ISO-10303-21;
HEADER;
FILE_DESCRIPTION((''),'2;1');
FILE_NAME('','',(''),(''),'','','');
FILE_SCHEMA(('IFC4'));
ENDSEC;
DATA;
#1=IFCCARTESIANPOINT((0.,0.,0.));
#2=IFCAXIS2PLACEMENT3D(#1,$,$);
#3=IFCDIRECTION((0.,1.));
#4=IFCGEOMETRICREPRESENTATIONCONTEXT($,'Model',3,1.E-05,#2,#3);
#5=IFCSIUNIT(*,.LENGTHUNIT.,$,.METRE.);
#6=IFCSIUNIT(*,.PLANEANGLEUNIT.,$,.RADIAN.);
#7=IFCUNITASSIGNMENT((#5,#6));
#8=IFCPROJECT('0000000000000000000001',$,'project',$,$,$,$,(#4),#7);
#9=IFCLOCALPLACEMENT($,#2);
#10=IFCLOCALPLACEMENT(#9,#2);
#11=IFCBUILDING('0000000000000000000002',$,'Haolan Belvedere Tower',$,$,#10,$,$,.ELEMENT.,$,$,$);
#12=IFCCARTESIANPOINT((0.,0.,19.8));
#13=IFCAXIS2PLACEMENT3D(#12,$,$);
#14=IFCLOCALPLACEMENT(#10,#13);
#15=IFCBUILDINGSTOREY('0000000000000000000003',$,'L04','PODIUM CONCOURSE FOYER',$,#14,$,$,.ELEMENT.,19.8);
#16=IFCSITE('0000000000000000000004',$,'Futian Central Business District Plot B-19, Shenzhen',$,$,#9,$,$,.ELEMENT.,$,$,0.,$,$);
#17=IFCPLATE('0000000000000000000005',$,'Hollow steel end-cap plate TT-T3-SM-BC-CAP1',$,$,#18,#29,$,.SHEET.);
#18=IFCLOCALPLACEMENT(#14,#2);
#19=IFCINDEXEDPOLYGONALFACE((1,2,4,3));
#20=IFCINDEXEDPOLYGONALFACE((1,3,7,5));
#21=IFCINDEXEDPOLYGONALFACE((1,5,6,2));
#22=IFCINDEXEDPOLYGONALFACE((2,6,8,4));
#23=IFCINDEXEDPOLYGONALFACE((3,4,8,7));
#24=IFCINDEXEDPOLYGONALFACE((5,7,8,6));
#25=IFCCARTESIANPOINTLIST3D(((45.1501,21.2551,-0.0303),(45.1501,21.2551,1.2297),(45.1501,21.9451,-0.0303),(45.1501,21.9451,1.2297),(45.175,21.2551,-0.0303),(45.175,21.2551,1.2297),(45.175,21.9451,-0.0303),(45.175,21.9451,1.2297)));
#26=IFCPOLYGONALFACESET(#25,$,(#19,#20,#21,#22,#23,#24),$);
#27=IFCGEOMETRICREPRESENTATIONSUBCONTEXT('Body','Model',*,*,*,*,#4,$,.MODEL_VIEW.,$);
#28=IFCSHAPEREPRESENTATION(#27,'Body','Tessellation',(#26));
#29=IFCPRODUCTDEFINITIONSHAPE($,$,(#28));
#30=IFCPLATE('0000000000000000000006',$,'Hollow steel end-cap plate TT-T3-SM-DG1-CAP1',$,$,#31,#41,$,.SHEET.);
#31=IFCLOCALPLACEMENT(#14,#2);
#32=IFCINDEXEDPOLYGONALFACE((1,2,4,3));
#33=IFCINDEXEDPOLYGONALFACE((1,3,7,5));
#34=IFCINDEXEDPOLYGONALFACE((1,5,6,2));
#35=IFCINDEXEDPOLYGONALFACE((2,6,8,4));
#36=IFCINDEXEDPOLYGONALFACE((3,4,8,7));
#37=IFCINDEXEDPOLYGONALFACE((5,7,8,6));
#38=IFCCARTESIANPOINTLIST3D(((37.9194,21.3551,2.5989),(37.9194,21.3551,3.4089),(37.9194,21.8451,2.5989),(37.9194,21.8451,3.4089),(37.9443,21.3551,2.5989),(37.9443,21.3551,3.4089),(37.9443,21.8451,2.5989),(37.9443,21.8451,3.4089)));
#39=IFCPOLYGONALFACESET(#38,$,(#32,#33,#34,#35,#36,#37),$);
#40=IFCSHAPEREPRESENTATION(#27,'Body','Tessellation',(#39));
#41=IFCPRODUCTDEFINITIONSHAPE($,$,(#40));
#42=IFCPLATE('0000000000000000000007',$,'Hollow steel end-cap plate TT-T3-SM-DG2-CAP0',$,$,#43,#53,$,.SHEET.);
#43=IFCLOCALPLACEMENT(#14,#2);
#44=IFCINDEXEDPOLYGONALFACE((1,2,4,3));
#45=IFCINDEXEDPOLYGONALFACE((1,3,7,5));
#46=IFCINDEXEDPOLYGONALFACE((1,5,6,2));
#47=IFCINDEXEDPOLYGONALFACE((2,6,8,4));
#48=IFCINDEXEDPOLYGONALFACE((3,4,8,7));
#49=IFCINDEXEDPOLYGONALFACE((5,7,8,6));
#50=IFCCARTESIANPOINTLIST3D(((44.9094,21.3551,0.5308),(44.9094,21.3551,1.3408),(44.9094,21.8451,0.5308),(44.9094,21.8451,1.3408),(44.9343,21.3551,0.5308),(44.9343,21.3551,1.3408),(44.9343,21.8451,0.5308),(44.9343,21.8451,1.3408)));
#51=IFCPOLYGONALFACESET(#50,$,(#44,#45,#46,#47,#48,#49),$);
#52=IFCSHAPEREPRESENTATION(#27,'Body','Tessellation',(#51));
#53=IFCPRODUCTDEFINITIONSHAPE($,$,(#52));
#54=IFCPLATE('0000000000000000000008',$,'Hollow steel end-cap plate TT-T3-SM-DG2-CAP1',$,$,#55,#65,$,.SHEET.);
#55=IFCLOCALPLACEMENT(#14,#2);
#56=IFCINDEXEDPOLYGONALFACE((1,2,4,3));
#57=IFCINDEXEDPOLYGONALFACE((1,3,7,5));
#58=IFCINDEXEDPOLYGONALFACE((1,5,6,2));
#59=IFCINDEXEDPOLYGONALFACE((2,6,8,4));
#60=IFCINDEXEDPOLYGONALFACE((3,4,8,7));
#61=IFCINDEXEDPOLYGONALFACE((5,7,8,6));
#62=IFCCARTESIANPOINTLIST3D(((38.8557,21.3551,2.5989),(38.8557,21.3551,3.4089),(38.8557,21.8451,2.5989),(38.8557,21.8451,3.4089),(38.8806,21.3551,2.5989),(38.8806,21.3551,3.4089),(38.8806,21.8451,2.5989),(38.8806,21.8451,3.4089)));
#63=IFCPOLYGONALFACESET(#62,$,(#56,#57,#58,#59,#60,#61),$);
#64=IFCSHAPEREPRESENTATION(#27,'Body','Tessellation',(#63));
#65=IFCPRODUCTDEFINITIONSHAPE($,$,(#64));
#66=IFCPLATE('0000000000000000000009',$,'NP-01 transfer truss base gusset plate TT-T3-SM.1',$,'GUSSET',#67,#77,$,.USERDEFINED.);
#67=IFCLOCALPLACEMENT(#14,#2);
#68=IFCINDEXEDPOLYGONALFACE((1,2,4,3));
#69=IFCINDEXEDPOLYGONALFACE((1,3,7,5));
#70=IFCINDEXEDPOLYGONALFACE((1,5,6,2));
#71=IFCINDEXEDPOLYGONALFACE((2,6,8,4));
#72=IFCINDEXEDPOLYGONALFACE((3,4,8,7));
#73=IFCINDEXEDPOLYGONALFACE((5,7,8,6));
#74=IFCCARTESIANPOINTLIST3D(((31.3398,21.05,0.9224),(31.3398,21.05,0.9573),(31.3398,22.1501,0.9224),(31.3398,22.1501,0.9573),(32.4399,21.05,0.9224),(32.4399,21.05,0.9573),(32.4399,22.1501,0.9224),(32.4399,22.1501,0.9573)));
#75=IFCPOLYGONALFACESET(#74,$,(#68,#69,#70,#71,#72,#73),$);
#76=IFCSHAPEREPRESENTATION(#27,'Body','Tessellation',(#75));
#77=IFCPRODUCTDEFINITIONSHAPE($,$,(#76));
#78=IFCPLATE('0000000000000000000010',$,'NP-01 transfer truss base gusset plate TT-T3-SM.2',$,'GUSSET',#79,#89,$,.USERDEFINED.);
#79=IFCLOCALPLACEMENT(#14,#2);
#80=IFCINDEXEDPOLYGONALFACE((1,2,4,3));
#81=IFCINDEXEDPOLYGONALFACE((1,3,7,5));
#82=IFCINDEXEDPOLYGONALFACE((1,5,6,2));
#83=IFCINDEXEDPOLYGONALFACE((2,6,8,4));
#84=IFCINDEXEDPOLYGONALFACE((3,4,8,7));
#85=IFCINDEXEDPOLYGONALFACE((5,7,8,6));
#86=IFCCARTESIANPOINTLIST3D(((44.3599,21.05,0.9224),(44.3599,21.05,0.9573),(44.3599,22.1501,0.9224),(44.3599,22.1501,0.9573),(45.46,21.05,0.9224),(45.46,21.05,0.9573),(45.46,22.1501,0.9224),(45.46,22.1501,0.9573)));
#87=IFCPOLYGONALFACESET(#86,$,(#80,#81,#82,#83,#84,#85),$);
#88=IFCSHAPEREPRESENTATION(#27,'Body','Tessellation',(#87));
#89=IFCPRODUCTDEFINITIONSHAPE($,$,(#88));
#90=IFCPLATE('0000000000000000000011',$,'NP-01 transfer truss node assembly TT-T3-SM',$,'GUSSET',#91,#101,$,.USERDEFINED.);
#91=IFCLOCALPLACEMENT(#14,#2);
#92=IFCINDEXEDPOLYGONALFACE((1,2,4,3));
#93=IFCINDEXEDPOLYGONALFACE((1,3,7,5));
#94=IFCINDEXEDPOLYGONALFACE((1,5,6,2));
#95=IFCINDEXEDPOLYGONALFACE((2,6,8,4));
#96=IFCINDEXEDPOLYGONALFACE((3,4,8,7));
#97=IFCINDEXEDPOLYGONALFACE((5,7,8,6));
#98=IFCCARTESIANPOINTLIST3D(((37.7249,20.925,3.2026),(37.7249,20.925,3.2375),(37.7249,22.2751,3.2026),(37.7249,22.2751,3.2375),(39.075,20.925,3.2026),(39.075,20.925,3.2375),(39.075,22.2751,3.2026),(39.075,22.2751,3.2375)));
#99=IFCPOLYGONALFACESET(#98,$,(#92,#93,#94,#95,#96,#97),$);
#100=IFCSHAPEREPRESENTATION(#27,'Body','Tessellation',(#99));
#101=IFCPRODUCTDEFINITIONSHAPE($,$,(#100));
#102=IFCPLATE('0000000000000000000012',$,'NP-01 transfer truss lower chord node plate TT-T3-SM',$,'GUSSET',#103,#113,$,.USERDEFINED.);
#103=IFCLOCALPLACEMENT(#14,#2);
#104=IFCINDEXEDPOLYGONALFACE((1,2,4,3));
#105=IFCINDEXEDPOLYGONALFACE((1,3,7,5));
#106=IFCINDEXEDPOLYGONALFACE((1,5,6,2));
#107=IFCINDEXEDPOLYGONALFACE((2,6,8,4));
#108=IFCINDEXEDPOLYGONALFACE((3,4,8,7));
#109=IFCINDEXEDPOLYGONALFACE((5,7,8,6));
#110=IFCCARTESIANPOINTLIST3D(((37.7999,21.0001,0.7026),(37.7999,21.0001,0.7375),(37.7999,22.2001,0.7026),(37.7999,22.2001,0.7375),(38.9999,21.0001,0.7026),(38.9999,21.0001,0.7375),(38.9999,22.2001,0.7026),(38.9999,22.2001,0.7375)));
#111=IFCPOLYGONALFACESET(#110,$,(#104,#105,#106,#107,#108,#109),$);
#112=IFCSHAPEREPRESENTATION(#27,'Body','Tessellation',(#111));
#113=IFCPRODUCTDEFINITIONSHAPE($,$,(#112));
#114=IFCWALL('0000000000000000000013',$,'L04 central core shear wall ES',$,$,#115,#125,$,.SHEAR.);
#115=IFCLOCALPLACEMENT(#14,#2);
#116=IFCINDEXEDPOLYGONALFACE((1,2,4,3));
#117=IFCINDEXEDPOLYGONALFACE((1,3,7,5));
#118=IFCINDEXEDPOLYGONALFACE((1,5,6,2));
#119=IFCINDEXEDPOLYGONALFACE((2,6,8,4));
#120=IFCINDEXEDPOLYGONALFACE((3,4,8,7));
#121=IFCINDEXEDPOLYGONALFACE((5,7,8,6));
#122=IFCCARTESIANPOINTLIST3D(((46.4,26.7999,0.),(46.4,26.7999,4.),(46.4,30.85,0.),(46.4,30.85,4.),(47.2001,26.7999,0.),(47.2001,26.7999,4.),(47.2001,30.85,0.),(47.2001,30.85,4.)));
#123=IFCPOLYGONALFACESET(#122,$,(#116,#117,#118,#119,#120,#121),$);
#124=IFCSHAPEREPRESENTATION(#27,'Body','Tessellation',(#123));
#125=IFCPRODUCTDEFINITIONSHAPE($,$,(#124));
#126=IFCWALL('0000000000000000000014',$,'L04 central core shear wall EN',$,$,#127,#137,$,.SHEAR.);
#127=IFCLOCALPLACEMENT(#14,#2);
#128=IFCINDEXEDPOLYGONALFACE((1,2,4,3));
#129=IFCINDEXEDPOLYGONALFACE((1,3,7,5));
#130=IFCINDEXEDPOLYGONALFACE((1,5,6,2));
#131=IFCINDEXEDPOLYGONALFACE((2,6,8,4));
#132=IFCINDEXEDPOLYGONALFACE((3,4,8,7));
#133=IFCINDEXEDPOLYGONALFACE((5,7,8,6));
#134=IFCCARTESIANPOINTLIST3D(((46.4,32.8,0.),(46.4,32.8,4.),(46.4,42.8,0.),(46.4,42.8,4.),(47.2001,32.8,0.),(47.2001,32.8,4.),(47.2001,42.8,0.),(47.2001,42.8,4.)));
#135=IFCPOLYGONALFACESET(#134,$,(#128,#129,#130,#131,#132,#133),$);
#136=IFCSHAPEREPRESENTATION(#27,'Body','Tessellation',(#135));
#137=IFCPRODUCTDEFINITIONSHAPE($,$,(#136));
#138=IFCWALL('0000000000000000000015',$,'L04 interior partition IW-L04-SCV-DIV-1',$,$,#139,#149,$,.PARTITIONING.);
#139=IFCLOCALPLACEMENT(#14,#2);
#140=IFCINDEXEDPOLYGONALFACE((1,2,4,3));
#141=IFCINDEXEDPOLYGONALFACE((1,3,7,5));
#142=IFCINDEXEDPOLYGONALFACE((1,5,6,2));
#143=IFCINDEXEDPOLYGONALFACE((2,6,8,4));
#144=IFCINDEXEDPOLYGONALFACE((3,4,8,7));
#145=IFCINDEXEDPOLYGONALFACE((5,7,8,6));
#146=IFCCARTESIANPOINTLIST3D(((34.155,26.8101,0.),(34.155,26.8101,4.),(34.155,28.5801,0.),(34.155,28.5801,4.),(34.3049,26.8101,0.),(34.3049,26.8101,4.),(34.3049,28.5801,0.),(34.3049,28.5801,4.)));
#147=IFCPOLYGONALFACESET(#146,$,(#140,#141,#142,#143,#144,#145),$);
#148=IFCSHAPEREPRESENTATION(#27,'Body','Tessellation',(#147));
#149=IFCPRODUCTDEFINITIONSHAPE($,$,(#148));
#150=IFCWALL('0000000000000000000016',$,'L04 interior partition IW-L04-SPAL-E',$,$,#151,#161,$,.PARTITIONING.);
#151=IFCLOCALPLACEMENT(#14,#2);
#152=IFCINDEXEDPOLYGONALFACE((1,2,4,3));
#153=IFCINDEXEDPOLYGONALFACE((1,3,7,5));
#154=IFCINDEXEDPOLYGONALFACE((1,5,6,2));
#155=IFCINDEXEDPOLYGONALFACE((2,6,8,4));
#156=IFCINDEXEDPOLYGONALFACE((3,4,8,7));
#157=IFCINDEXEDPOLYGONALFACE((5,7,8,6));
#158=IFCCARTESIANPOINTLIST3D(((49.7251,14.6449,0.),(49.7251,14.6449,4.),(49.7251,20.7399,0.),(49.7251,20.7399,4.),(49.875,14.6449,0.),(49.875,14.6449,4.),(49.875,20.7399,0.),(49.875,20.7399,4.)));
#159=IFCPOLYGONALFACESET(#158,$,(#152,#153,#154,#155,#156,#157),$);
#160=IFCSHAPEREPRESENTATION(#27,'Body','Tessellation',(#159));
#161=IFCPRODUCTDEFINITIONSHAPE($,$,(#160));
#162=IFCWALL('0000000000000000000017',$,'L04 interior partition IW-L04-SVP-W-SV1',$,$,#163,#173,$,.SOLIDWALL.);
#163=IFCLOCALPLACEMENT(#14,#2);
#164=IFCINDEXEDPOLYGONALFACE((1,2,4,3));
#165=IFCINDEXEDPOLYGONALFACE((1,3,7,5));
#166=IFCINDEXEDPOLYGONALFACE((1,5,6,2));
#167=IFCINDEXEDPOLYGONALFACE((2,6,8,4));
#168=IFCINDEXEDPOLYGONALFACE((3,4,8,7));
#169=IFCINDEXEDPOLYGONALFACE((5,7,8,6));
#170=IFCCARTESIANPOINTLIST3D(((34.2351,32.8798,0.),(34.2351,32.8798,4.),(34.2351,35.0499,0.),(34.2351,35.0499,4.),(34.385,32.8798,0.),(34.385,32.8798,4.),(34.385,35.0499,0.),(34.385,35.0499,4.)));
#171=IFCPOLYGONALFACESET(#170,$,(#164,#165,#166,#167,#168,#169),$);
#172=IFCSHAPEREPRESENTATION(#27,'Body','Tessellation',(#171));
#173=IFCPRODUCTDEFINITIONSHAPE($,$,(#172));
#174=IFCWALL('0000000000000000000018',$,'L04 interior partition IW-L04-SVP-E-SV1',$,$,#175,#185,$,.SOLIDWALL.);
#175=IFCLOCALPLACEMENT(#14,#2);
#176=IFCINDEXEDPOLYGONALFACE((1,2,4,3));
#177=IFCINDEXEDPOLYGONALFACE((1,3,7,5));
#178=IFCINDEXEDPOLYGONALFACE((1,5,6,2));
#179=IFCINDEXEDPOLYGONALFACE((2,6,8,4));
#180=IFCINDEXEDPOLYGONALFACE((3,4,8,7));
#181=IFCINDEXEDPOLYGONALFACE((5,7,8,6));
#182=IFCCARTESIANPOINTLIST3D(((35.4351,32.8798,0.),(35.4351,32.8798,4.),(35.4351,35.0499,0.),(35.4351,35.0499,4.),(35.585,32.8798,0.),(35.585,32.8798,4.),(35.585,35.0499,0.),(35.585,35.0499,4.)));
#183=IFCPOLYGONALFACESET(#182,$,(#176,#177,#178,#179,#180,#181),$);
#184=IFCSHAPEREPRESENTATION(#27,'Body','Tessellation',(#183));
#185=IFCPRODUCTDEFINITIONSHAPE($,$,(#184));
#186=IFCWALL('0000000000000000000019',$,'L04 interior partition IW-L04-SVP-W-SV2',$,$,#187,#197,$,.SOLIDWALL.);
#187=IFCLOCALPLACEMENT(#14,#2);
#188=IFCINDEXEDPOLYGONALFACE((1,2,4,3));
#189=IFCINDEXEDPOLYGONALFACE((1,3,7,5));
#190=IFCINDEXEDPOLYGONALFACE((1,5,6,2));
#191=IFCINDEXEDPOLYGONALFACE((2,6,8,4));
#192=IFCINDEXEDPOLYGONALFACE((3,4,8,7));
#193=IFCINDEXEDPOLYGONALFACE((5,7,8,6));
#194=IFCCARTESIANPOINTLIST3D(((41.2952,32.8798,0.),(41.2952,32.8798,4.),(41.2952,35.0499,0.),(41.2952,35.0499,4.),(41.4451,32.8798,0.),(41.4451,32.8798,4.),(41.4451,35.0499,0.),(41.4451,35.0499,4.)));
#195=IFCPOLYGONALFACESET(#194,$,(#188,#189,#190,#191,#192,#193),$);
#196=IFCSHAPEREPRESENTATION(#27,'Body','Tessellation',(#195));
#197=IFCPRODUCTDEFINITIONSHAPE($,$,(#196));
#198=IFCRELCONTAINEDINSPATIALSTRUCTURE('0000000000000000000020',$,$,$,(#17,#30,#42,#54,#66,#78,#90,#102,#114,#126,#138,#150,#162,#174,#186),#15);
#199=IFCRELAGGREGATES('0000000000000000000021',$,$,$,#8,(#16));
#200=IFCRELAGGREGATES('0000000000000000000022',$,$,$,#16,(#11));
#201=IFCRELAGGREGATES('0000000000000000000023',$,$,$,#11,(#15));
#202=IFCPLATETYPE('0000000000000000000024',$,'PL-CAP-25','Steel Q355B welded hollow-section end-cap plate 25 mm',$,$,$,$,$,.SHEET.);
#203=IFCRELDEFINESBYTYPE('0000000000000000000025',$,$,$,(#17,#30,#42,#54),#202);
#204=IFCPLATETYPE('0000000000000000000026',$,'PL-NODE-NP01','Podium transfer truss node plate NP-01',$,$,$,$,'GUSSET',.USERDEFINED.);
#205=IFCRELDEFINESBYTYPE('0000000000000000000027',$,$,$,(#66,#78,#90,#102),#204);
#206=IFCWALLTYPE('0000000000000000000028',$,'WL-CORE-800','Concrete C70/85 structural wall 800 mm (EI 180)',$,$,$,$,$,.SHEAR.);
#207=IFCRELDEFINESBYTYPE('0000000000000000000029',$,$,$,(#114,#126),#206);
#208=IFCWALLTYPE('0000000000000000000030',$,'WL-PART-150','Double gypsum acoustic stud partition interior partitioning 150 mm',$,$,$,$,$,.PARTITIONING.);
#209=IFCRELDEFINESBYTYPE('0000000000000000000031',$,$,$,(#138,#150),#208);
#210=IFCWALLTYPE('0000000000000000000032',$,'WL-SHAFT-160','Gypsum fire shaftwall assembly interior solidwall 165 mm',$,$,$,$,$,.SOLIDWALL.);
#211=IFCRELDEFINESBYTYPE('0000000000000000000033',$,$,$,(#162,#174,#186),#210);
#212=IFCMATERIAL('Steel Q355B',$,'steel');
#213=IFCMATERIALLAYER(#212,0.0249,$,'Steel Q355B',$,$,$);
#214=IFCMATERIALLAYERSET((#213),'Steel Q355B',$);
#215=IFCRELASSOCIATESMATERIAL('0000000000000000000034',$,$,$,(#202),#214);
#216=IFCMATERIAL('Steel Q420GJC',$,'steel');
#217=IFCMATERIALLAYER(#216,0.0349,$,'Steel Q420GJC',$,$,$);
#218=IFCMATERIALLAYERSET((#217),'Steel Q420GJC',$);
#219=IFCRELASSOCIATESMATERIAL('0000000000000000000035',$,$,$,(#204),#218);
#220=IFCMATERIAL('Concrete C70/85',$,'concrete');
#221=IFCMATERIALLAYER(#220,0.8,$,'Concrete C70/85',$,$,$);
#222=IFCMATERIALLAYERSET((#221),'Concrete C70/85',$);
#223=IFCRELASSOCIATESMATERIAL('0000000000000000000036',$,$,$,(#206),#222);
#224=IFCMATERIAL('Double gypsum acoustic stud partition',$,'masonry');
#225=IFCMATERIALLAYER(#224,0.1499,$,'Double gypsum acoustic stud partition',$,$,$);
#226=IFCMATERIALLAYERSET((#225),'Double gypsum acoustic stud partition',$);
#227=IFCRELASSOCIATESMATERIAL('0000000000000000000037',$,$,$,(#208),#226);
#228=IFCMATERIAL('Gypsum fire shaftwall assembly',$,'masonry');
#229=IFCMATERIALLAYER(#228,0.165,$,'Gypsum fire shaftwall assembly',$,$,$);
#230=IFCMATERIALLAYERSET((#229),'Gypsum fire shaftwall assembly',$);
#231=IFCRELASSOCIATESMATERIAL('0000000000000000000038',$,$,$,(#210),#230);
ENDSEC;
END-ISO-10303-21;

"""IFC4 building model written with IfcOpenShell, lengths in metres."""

from ifc_helpers import new_model, si_unit, direction, frame, frame_2d, origin, origin_2d, place, context, subcontext, project, spatial, rectangle, extrude, material, layer, layer_set, type_object, element, save


model = new_model("IFC4")

# Units and contexts
model_context = context("Model", 3, precision=1e-05, world=origin(), true_north=direction((0.0, 1.0)))
body_context = subcontext(model_context, "Body", "Model", "MODEL_VIEW")
ifc_project = project(units=[si_unit("LENGTHUNIT", "METRE"), si_unit("PLANEANGLEUNIT", "RADIAN")], contexts=[model_context])

# Site, building, storey
site_placement = place(None, origin())
site = spatial("IfcSite", under=ifc_project, at=site_placement, Name="Futian Central Business District Plot B-19, Shenzhen", CompositionType="ELEMENT", RefElevation=0.0)
building_placement = place(site_placement, origin())
building = spatial("IfcBuilding", under=site, at=building_placement, Name="Haolan Belvedere Tower", CompositionType="ELEMENT")
storey_placement = place(building_placement, frame((0.0, 0.0, 19.8)))
storey = spatial("IfcBuildingStorey", under=building, at=storey_placement, Name="L04", Description="PODIUM CONCOURSE FOYER", CompositionType="ELEMENT", Elevation=19.8)

# Shared definitions
ifc_material_1 = material(Name="Steel Q355B", Category="steel")

# Plates
ifc_layer_1 = layer(ifc_material_1, 0.0249, Name="Steel Q355B")
ifc_layer_set_1 = layer_set([ifc_layer_1], Name="Steel Q355B")
plate_type_1 = type_object("IfcPlateType", Name="PL-CAP-25", Description="Steel Q355B welded hollow-section end-cap plate 25 mm", PredefinedType="SHEET", material=ifc_layer_set_1)
for number, where, z_axis, x_axis, name in (
    (1, (45.1626, 21.6001, -0.0303), (0.0, 0.0, 1.0), (0.0, 1.0, 0.0), "Hollow steel end-cap plate TT-T3-SM-BC-CAP1"),
):
    element("IfcPlate", number, at=place(storey_placement, frame(where, z_axis=z_axis, x_axis=x_axis)), inside=storey, type_object=plate_type_1, Name=name, PredefinedType="SHEET", context=body_context, shape_type="SweptSolid", body=[
        extrude(rectangle(XDim=0.6899, YDim=0.0249, at=origin_2d()), origin(), (0.0, 0.0, 1.0), 1.26),
    ])
for number, where, z_axis, x_axis, name in (
    (2, (37.9319, 21.6001, 2.5989), (0.0, 0.0, 1.0), (0.0, 1.0, 0.0), "Hollow steel end-cap plate TT-T3-SM-DG1-CAP1"),
    (3, (44.9219, 21.6001, 0.5308), (0.0, 0.0, 1.0), (0.0, 1.0, 0.0), "Hollow steel end-cap plate TT-T3-SM-DG2-CAP0"),
    (4, (38.8682, 21.6001, 2.5989), (0.0, 0.0, 1.0), (0.0, -1.0, 0.0), "Hollow steel end-cap plate TT-T3-SM-DG2-CAP1"),
):
    element("IfcPlate", number, at=place(storey_placement, frame(where, z_axis=z_axis, x_axis=x_axis)), inside=storey, type_object=plate_type_1, Name=name, PredefinedType="SHEET", context=body_context, shape_type="SweptSolid", body=[
        extrude(rectangle(XDim=0.49, YDim=0.0249, at=origin_2d()), origin(), (0.0, 0.0, 1.0), 0.8101),
    ])
ifc_material_2 = material(Name="Steel Q420GJC", Category="steel")
ifc_layer_2 = layer(ifc_material_2, 0.0349, Name="Steel Q420GJC")
ifc_layer_set_2 = layer_set([ifc_layer_2], Name="Steel Q420GJC")
plate_type_2 = type_object("IfcPlateType", Name="PL-NODE-NP01", Description="Podium transfer truss node plate NP-01", ElementType="GUSSET", PredefinedType="USERDEFINED", material=ifc_layer_set_2)
for number, where, z_axis, x_axis, name in (
    (5, (31.8899, 21.6001, 0.9224), (0.0, 0.0, 1.0), (1.0, 0.0, 0.0), "NP-01 transfer truss base gusset plate TT-T3-SM.1"),
    (6, (44.9099, 21.6001, 0.9224), (0.0, 0.0, 1.0), (1.0, 0.0, 0.0), "NP-01 transfer truss base gusset plate TT-T3-SM.2"),
):
    element("IfcPlate", number, at=place(storey_placement, frame(where, z_axis=z_axis, x_axis=x_axis)), inside=storey, type_object=plate_type_2, Name=name, ObjectType="GUSSET", PredefinedType="USERDEFINED", context=body_context, shape_type="SweptSolid", body=[
        extrude(rectangle(XDim=1.1001, YDim=1.1001, at=origin_2d()), origin(), (0.0, 0.0, 1.0), 0.0349),
    ])
plate_1_placement = place(storey_placement, frame((38.3999, 21.6001, 3.2026), z_axis=(0.0, 0.0, 1.0), x_axis=(1.0, 0.0, 0.0)))
element("IfcPlate", 7, at=plate_1_placement, inside=storey, type_object=plate_type_2, Name="NP-01 transfer truss node assembly TT-T3-SM", ObjectType="GUSSET", PredefinedType="USERDEFINED", context=body_context, shape_type="SweptSolid", body=[
    extrude(rectangle(XDim=1.3501, YDim=1.3501, at=origin_2d()), origin(), (0.0, 0.0, 1.0), 0.0349),
])
plate_2_placement = place(storey_placement, frame((38.3999, 21.6001, 0.7026), z_axis=(0.0, 0.0, 1.0), x_axis=(1.0, 0.0, 0.0)))
element("IfcPlate", 8, at=plate_2_placement, inside=storey, type_object=plate_type_2, Name="NP-01 transfer truss lower chord node plate TT-T3-SM", ObjectType="GUSSET", PredefinedType="USERDEFINED", context=body_context, shape_type="SweptSolid", body=[
    extrude(rectangle(XDim=1.2, YDim=1.2, at=origin_2d()), origin(), (0.0, 0.0, 1.0), 0.0349),
])

# Walls
ifc_material_3 = material(Name="Concrete C70/85", Category="concrete")
ifc_layer_3 = layer(ifc_material_3, 0.8, Name="Concrete C70/85")
ifc_layer_set_3 = layer_set([ifc_layer_3], Name="Concrete C70/85")
wall_type_1 = type_object("IfcWallType", Name="WL-CORE-800", Description="Concrete C70/85 structural wall 800 mm (EI 180)", PredefinedType="SHEAR", material=ifc_layer_set_3)
wall_1_placement = place(storey_placement, frame((46.8, 26.8, 0.0), z_axis=(0.0, 0.0, 1.0), x_axis=(0.0, 1.0, 0.0)))
element("IfcWall", 9, at=wall_1_placement, inside=storey, type_object=wall_type_1, Name="L04 central core shear wall ES", PredefinedType="SHEAR", context=body_context, shape_type="SweptSolid", body=[
    extrude(rectangle(XDim=4.05, YDim=0.8, at=frame_2d((2.0249, 0.0))), origin(), (0.0, 0.0, 1.0), 4.0),
])
wall_2_placement = place(storey_placement, frame((46.8, 32.8, 0.0), z_axis=(0.0, 0.0, 1.0), x_axis=(0.0, 1.0, 0.0)))
element("IfcWall", 10, at=wall_2_placement, inside=storey, type_object=wall_type_1, Name="L04 central core shear wall EN", PredefinedType="SHEAR", context=body_context, shape_type="SweptSolid", body=[
    extrude(rectangle(XDim=10.0, YDim=0.8, at=frame_2d((5.0, 0.0))), origin(), (0.0, 0.0, 1.0), 4.0),
])
ifc_material_4 = material(Name="Double gypsum acoustic stud partition", Category="masonry")
ifc_layer_4 = layer(ifc_material_4, 0.1499, Name="Double gypsum acoustic stud partition")
ifc_layer_set_4 = layer_set([ifc_layer_4], Name="Double gypsum acoustic stud partition")
wall_type_2 = type_object("IfcWallType", Name="WL-PART-150", Description="Double gypsum acoustic stud partition interior partitioning 150 mm", PredefinedType="PARTITIONING", material=ifc_layer_set_4)
wall_3_placement = place(storey_placement, frame((34.23, 26.8101, 0.0), z_axis=(0.0, 0.0, 1.0), x_axis=(0.0, 1.0, 0.0)))
element("IfcWall", 11, at=wall_3_placement, inside=storey, type_object=wall_type_2, Name="L04 interior partition IW-L04-SCV-DIV-1", PredefinedType="PARTITIONING", context=body_context, shape_type="SweptSolid", body=[
    extrude(rectangle(XDim=1.77, YDim=0.1499, at=frame_2d((0.885, 0.0))), origin(), (0.0, 0.0, 1.0), 4.0),
])
wall_4_placement = place(storey_placement, frame((49.8, 14.645, 0.0), z_axis=(0.0, 0.0, 1.0), x_axis=(0.0, 1.0, 0.0)))
element("IfcWall", 12, at=wall_4_placement, inside=storey, type_object=wall_type_2, Name="L04 interior partition IW-L04-SPAL-E", PredefinedType="PARTITIONING", context=body_context, shape_type="SweptSolid", body=[
    extrude(rectangle(XDim=6.095, YDim=0.1499, at=frame_2d((3.0474, 0.0))), origin(), (0.0, 0.0, 1.0), 4.0),
])
ifc_material_5 = material(Name="Gypsum fire shaftwall assembly", Category="masonry")
ifc_layer_5 = layer(ifc_material_5, 0.165, Name="Gypsum fire shaftwall assembly")
ifc_layer_set_5 = layer_set([ifc_layer_5], Name="Gypsum fire shaftwall assembly")
wall_type_3 = type_object("IfcWallType", Name="WL-SHAFT-160", Description="Gypsum fire shaftwall assembly interior solidwall 165 mm", PredefinedType="SOLIDWALL", material=ifc_layer_set_5)
for number, where, z_axis, x_axis, name in (
    (13, (34.3101, 32.8799, 0.0), (0.0, 0.0, 1.0), (0.0, 1.0, 0.0), "L04 interior partition IW-L04-SVP-W-SV1"),
    (14, (35.51, 32.8799, 0.0), (0.0, 0.0, 1.0), (0.0, 1.0, 0.0), "L04 interior partition IW-L04-SVP-E-SV1"),
    (15, (41.3701, 32.8799, 0.0), (0.0, 0.0, 1.0), (0.0, 1.0, 0.0), "L04 interior partition IW-L04-SVP-W-SV2"),
):
    element("IfcWall", number, at=place(storey_placement, frame(where, z_axis=z_axis, x_axis=x_axis)), inside=storey, type_object=wall_type_3, Name=name, PredefinedType="SOLIDWALL", context=body_context, shape_type="SweptSolid", body=[
        extrude(rectangle(XDim=2.1702, YDim=0.1499, at=frame_2d((1.085, 0.0))), origin(), (0.0, 0.0, 1.0), 4.0),
    ])

save(model, "model.ifc")
